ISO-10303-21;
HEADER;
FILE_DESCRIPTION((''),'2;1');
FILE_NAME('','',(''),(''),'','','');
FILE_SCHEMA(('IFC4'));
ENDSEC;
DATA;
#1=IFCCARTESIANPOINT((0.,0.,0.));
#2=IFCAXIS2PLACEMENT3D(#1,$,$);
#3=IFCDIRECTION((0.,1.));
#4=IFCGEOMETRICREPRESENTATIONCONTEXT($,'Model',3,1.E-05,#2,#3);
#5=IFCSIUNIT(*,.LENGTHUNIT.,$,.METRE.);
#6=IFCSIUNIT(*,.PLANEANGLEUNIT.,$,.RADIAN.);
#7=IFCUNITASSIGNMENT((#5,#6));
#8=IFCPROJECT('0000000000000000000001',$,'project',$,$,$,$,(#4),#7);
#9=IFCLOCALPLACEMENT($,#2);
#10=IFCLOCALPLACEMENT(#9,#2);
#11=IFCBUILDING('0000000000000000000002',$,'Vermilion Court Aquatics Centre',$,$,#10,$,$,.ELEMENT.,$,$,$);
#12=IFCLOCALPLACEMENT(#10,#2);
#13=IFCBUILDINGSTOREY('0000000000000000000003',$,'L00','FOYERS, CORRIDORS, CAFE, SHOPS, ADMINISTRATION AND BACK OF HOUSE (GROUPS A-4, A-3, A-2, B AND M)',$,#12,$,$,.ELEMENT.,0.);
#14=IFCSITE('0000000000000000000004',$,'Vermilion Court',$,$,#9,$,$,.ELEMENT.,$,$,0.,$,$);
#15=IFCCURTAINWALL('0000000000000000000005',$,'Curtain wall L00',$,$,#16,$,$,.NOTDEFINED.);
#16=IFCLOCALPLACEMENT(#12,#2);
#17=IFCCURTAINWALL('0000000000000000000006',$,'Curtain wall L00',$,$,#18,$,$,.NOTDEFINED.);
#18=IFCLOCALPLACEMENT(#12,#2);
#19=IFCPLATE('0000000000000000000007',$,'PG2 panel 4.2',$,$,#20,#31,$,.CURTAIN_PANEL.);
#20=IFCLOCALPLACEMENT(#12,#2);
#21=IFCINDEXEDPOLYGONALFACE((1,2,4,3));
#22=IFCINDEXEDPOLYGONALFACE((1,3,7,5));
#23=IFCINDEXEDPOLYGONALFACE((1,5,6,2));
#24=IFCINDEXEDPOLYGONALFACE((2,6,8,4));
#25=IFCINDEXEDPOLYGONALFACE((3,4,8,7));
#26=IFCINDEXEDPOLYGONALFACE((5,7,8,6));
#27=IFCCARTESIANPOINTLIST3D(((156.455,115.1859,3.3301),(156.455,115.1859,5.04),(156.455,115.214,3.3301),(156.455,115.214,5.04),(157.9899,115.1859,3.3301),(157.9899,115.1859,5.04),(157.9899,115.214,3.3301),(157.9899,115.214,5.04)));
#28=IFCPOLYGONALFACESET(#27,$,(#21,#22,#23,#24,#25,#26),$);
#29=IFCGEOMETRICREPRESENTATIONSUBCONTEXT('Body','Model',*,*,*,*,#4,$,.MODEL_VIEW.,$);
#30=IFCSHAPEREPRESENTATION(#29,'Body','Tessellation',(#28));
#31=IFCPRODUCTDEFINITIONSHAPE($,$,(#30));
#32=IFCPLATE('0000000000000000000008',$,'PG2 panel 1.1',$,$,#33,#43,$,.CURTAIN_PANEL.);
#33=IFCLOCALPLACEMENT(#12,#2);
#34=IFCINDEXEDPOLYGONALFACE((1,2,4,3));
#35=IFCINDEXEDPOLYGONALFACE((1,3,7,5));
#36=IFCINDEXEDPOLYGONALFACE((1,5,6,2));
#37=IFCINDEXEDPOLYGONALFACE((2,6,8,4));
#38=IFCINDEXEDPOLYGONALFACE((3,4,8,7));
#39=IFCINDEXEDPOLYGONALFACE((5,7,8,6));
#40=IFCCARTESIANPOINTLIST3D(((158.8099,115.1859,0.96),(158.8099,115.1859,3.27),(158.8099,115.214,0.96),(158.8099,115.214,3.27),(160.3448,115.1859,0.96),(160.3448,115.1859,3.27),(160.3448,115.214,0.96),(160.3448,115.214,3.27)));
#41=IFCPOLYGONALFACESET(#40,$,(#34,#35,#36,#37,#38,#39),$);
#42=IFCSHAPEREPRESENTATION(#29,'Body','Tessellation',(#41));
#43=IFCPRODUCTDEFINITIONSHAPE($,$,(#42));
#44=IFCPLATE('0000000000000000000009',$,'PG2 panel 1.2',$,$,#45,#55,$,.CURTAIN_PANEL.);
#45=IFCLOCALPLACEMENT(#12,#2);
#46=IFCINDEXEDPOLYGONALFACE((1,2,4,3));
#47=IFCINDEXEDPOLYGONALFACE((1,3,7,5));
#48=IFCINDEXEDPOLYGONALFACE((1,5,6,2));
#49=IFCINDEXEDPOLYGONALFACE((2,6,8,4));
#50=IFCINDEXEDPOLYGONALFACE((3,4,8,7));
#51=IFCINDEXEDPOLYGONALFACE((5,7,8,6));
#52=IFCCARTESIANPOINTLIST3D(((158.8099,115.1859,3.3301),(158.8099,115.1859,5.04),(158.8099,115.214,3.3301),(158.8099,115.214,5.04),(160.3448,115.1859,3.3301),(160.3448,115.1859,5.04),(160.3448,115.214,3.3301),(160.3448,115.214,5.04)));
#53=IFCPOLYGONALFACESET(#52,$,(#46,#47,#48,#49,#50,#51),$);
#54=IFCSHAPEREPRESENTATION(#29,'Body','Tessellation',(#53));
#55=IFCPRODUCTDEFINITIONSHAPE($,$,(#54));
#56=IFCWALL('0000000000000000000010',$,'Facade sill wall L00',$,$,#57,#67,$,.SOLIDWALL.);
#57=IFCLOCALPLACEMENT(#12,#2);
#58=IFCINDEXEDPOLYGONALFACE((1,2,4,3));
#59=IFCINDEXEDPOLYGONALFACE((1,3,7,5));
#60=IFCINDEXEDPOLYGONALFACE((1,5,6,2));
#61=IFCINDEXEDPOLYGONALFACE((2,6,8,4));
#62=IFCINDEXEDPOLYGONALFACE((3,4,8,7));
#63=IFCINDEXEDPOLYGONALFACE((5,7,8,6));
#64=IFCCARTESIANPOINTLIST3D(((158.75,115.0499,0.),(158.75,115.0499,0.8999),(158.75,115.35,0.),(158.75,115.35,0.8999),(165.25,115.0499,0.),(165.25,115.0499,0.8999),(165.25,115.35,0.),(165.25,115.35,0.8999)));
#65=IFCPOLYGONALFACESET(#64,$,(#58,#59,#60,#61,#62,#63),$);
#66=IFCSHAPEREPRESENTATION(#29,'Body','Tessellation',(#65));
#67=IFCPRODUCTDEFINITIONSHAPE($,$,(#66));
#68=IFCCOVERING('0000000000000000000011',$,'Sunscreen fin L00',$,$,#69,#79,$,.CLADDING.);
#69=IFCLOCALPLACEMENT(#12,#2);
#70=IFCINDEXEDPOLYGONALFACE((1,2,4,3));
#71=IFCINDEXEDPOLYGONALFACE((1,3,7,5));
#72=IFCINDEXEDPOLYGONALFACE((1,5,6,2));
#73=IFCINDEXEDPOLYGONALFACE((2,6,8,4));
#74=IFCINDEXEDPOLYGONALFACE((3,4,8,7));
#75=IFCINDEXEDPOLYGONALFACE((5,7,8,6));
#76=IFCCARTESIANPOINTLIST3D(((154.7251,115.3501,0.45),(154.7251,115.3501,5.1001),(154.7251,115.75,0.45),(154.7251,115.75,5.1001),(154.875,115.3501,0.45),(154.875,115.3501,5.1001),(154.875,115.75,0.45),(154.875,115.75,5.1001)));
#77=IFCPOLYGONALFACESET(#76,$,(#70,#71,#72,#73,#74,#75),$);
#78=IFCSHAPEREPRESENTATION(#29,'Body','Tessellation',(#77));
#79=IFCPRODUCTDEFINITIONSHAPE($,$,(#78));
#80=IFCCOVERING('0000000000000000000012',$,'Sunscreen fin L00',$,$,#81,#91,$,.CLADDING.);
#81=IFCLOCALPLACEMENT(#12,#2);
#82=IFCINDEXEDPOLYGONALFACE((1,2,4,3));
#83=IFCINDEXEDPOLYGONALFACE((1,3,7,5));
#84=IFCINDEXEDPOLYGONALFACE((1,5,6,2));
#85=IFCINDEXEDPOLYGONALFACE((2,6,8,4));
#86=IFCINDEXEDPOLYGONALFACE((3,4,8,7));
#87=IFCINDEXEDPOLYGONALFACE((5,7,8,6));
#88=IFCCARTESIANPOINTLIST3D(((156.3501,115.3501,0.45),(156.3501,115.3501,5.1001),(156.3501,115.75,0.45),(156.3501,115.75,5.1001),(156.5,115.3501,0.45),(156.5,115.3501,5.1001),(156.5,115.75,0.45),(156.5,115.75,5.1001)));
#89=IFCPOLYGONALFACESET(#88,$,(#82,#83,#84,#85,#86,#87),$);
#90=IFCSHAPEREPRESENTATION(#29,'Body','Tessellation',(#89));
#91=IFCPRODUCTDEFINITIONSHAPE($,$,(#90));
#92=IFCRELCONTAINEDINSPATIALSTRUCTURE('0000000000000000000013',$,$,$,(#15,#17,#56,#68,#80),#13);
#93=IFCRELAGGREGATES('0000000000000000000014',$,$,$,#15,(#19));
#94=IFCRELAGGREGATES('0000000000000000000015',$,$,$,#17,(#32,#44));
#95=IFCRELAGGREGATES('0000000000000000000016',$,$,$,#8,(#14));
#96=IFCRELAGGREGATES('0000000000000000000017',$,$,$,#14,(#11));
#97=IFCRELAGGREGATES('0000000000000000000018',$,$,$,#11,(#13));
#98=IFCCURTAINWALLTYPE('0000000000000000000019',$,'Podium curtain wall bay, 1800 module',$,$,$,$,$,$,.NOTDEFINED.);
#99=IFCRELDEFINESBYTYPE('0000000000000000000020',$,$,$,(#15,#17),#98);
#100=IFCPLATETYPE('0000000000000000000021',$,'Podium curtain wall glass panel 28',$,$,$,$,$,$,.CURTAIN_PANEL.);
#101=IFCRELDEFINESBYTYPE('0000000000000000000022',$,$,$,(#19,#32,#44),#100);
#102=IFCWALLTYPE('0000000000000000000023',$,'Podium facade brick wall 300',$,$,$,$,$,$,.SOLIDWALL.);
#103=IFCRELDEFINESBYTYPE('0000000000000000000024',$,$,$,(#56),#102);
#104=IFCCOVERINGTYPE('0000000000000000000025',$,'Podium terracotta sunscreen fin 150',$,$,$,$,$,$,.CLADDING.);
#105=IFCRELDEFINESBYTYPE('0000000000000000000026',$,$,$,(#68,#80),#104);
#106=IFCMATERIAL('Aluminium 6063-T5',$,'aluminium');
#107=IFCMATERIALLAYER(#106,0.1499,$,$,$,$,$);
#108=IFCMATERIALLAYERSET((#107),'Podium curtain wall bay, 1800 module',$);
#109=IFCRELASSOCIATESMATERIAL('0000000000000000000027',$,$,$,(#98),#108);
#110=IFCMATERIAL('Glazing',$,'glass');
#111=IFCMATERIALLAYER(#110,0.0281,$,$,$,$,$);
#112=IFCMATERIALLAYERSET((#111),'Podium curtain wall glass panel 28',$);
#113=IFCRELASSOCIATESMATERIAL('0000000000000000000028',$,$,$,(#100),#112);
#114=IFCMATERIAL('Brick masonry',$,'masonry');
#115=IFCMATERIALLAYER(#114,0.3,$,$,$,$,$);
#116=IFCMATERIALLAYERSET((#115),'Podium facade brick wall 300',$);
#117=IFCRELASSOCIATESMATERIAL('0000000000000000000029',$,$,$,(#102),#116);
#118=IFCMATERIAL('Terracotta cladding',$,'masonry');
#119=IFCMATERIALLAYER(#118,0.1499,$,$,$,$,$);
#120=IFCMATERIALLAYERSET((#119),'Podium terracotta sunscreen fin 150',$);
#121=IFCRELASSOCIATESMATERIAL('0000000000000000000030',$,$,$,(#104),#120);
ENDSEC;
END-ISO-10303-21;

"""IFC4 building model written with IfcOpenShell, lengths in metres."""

from ifc_helpers import new_model, si_unit, direction, frame, frame_2d, origin, origin_2d, place, context, subcontext, project, spatial, rectangle, extrude, material, layer, layer_set, type_object, element, aggregate, save


model = new_model("IFC4")

# Units and contexts
model_context = context("Model", 3, precision=1e-05, world=origin(), true_north=direction((0.0, 1.0)))
body_context = subcontext(model_context, "Body", "Model", "MODEL_VIEW")
ifc_project = project(units=[si_unit("LENGTHUNIT", "METRE"), si_unit("PLANEANGLEUNIT", "RADIAN")], contexts=[model_context])

# Site, building, storey
site_placement = place(None, origin())
site = spatial("IfcSite", under=ifc_project, at=site_placement, Name="Vermilion Court", CompositionType="ELEMENT", RefElevation=0.0)
building_placement = place(site_placement, origin())
building = spatial("IfcBuilding", under=site, at=building_placement, Name="Vermilion Court Aquatics Centre", CompositionType="ELEMENT")
storey_placement = place(building_placement, origin())
storey = spatial("IfcBuildingStorey", under=building, at=storey_placement, Name="L00", Description="FOYERS, CORRIDORS, CAFE, SHOPS, ADMINISTRATION AND BACK OF HOUSE (GROUPS A-4, A-3, A-2, B AND M)", CompositionType="ELEMENT", Elevation=0.0)

# Curtain walls
ifc_material_1 = material(Name="Aluminium 6063-T5", Category="aluminium")
ifc_layer_1 = layer(ifc_material_1, 0.1499)
ifc_layer_set_1 = layer_set([ifc_layer_1], Name="Podium curtain wall bay, 1800 module")
curtain_wall_type = type_object("IfcCurtainWallType", Name="Podium curtain wall bay, 1800 module", PredefinedType="NOTDEFINED", material=ifc_layer_set_1)
curtain_wall_1_placement = place(storey_placement, origin())
curtain_wall_1 = element("IfcCurtainWall", 1, at=curtain_wall_1_placement, inside=storey, type_object=curtain_wall_type, Name="Curtain wall L00", PredefinedType="NOTDEFINED")
curtain_wall_2_placement = place(storey_placement, origin())
curtain_wall_2 = element("IfcCurtainWall", 2, at=curtain_wall_2_placement, inside=storey, type_object=curtain_wall_type, Name="Curtain wall L00", PredefinedType="NOTDEFINED")

# Plates
ifc_material_2 = material(Name="Glazing", Category="glass")
ifc_layer_2 = layer(ifc_material_2, 0.0281)
ifc_layer_set_2 = layer_set([ifc_layer_2], Name="Podium curtain wall glass panel 28")
plate_type = type_object("IfcPlateType", Name="Podium curtain wall glass panel 28", PredefinedType="CURTAIN_PANEL", material=ifc_layer_set_2)
plate_1_placement = place(storey_placement, frame((157.2224, 115.2, 3.3301), z_axis=(0.0, 0.0, 1.0), x_axis=(1.0, 0.0, 0.0)))
plate_1 = element("IfcPlate", 3, at=plate_1_placement, type_object=plate_type, Name="PG2 panel 4.2", PredefinedType="CURTAIN_PANEL", context=body_context, shape_type="SweptSolid", body=[
    extrude(rectangle(XDim=1.5349, YDim=0.0281, at=origin_2d()), origin(), (0.0, 0.0, 1.0), 1.71),
])
aggregate(curtain_wall_1, [plate_1])
plate_2_placement = place(storey_placement, frame((159.5774, 115.2, 0.96), z_axis=(0.0, 0.0, 1.0), x_axis=(1.0, 0.0, 0.0)))
plate_2 = element("IfcPlate", 4, at=plate_2_placement, type_object=plate_type, Name="PG2 panel 1.1", PredefinedType="CURTAIN_PANEL", context=body_context, shape_type="SweptSolid", body=[
    extrude(rectangle(XDim=1.5349, YDim=0.0281, at=origin_2d()), origin(), (0.0, 0.0, 1.0), 2.3101),
])
plate_3_placement = place(storey_placement, frame((159.5774, 115.2, 3.3301), z_axis=(0.0, 0.0, 1.0), x_axis=(1.0, 0.0, 0.0)))
plate_3 = element("IfcPlate", 5, at=plate_3_placement, type_object=plate_type, Name="PG2 panel 1.2", PredefinedType="CURTAIN_PANEL", context=body_context, shape_type="SweptSolid", body=[
    extrude(rectangle(XDim=1.5349, YDim=0.0281, at=origin_2d()), origin(), (0.0, 0.0, 1.0), 1.71),
])
aggregate(curtain_wall_2, [plate_2, plate_3])

# Wall
ifc_material_3 = material(Name="Brick masonry", Category="masonry")
ifc_layer_3 = layer(ifc_material_3, 0.3)
ifc_layer_set_3 = layer_set([ifc_layer_3], Name="Podium facade brick wall 300")
wall_type = type_object("IfcWallType", Name="Podium facade brick wall 300", PredefinedType="SOLIDWALL", material=ifc_layer_set_3)
wall_placement = place(storey_placement, frame((158.75, 115.2, 0.0), z_axis=(0.0, 0.0, 1.0), x_axis=(1.0, 0.0, 0.0)))
element("IfcWall", 6, at=wall_placement, inside=storey, type_object=wall_type, Name="Facade sill wall L00", PredefinedType="SOLIDWALL", context=body_context, shape_type="SweptSolid", body=[
    extrude(rectangle(XDim=6.5, YDim=0.3, at=frame_2d((3.25, 0.0))), origin(), (0.0, 0.0, 1.0), 0.8999),
])

# Coverings
ifc_material_4 = material(Name="Terracotta cladding", Category="masonry")
ifc_layer_4 = layer(ifc_material_4, 0.1499)
ifc_layer_set_4 = layer_set([ifc_layer_4], Name="Podium terracotta sunscreen fin 150")
covering_type = type_object("IfcCoveringType", Name="Podium terracotta sunscreen fin 150", PredefinedType="CLADDING", material=ifc_layer_set_4)
for number, where, z_axis, x_axis, name in (
    (7, (154.8, 115.3501, 0.45), (0.0, 0.0, 1.0), (0.0, 1.0, 0.0), "Sunscreen fin L00"),
    (8, (156.425, 115.3501, 0.45), (0.0, 0.0, 1.0), (0.0, 1.0, 0.0), "Sunscreen fin L00"),
):
    element("IfcCovering", number, at=place(storey_placement, frame(where, z_axis=z_axis, x_axis=x_axis)), inside=storey, type_object=covering_type, Name=name, PredefinedType="CLADDING", context=body_context, shape_type="SweptSolid", body=[
        extrude(rectangle(XDim=0.3999, YDim=0.1499, at=frame_2d((0.2, 0.0))), origin(), (0.0, 0.0, 1.0), 4.6501),
    ])

save(model, "model.ifc")
